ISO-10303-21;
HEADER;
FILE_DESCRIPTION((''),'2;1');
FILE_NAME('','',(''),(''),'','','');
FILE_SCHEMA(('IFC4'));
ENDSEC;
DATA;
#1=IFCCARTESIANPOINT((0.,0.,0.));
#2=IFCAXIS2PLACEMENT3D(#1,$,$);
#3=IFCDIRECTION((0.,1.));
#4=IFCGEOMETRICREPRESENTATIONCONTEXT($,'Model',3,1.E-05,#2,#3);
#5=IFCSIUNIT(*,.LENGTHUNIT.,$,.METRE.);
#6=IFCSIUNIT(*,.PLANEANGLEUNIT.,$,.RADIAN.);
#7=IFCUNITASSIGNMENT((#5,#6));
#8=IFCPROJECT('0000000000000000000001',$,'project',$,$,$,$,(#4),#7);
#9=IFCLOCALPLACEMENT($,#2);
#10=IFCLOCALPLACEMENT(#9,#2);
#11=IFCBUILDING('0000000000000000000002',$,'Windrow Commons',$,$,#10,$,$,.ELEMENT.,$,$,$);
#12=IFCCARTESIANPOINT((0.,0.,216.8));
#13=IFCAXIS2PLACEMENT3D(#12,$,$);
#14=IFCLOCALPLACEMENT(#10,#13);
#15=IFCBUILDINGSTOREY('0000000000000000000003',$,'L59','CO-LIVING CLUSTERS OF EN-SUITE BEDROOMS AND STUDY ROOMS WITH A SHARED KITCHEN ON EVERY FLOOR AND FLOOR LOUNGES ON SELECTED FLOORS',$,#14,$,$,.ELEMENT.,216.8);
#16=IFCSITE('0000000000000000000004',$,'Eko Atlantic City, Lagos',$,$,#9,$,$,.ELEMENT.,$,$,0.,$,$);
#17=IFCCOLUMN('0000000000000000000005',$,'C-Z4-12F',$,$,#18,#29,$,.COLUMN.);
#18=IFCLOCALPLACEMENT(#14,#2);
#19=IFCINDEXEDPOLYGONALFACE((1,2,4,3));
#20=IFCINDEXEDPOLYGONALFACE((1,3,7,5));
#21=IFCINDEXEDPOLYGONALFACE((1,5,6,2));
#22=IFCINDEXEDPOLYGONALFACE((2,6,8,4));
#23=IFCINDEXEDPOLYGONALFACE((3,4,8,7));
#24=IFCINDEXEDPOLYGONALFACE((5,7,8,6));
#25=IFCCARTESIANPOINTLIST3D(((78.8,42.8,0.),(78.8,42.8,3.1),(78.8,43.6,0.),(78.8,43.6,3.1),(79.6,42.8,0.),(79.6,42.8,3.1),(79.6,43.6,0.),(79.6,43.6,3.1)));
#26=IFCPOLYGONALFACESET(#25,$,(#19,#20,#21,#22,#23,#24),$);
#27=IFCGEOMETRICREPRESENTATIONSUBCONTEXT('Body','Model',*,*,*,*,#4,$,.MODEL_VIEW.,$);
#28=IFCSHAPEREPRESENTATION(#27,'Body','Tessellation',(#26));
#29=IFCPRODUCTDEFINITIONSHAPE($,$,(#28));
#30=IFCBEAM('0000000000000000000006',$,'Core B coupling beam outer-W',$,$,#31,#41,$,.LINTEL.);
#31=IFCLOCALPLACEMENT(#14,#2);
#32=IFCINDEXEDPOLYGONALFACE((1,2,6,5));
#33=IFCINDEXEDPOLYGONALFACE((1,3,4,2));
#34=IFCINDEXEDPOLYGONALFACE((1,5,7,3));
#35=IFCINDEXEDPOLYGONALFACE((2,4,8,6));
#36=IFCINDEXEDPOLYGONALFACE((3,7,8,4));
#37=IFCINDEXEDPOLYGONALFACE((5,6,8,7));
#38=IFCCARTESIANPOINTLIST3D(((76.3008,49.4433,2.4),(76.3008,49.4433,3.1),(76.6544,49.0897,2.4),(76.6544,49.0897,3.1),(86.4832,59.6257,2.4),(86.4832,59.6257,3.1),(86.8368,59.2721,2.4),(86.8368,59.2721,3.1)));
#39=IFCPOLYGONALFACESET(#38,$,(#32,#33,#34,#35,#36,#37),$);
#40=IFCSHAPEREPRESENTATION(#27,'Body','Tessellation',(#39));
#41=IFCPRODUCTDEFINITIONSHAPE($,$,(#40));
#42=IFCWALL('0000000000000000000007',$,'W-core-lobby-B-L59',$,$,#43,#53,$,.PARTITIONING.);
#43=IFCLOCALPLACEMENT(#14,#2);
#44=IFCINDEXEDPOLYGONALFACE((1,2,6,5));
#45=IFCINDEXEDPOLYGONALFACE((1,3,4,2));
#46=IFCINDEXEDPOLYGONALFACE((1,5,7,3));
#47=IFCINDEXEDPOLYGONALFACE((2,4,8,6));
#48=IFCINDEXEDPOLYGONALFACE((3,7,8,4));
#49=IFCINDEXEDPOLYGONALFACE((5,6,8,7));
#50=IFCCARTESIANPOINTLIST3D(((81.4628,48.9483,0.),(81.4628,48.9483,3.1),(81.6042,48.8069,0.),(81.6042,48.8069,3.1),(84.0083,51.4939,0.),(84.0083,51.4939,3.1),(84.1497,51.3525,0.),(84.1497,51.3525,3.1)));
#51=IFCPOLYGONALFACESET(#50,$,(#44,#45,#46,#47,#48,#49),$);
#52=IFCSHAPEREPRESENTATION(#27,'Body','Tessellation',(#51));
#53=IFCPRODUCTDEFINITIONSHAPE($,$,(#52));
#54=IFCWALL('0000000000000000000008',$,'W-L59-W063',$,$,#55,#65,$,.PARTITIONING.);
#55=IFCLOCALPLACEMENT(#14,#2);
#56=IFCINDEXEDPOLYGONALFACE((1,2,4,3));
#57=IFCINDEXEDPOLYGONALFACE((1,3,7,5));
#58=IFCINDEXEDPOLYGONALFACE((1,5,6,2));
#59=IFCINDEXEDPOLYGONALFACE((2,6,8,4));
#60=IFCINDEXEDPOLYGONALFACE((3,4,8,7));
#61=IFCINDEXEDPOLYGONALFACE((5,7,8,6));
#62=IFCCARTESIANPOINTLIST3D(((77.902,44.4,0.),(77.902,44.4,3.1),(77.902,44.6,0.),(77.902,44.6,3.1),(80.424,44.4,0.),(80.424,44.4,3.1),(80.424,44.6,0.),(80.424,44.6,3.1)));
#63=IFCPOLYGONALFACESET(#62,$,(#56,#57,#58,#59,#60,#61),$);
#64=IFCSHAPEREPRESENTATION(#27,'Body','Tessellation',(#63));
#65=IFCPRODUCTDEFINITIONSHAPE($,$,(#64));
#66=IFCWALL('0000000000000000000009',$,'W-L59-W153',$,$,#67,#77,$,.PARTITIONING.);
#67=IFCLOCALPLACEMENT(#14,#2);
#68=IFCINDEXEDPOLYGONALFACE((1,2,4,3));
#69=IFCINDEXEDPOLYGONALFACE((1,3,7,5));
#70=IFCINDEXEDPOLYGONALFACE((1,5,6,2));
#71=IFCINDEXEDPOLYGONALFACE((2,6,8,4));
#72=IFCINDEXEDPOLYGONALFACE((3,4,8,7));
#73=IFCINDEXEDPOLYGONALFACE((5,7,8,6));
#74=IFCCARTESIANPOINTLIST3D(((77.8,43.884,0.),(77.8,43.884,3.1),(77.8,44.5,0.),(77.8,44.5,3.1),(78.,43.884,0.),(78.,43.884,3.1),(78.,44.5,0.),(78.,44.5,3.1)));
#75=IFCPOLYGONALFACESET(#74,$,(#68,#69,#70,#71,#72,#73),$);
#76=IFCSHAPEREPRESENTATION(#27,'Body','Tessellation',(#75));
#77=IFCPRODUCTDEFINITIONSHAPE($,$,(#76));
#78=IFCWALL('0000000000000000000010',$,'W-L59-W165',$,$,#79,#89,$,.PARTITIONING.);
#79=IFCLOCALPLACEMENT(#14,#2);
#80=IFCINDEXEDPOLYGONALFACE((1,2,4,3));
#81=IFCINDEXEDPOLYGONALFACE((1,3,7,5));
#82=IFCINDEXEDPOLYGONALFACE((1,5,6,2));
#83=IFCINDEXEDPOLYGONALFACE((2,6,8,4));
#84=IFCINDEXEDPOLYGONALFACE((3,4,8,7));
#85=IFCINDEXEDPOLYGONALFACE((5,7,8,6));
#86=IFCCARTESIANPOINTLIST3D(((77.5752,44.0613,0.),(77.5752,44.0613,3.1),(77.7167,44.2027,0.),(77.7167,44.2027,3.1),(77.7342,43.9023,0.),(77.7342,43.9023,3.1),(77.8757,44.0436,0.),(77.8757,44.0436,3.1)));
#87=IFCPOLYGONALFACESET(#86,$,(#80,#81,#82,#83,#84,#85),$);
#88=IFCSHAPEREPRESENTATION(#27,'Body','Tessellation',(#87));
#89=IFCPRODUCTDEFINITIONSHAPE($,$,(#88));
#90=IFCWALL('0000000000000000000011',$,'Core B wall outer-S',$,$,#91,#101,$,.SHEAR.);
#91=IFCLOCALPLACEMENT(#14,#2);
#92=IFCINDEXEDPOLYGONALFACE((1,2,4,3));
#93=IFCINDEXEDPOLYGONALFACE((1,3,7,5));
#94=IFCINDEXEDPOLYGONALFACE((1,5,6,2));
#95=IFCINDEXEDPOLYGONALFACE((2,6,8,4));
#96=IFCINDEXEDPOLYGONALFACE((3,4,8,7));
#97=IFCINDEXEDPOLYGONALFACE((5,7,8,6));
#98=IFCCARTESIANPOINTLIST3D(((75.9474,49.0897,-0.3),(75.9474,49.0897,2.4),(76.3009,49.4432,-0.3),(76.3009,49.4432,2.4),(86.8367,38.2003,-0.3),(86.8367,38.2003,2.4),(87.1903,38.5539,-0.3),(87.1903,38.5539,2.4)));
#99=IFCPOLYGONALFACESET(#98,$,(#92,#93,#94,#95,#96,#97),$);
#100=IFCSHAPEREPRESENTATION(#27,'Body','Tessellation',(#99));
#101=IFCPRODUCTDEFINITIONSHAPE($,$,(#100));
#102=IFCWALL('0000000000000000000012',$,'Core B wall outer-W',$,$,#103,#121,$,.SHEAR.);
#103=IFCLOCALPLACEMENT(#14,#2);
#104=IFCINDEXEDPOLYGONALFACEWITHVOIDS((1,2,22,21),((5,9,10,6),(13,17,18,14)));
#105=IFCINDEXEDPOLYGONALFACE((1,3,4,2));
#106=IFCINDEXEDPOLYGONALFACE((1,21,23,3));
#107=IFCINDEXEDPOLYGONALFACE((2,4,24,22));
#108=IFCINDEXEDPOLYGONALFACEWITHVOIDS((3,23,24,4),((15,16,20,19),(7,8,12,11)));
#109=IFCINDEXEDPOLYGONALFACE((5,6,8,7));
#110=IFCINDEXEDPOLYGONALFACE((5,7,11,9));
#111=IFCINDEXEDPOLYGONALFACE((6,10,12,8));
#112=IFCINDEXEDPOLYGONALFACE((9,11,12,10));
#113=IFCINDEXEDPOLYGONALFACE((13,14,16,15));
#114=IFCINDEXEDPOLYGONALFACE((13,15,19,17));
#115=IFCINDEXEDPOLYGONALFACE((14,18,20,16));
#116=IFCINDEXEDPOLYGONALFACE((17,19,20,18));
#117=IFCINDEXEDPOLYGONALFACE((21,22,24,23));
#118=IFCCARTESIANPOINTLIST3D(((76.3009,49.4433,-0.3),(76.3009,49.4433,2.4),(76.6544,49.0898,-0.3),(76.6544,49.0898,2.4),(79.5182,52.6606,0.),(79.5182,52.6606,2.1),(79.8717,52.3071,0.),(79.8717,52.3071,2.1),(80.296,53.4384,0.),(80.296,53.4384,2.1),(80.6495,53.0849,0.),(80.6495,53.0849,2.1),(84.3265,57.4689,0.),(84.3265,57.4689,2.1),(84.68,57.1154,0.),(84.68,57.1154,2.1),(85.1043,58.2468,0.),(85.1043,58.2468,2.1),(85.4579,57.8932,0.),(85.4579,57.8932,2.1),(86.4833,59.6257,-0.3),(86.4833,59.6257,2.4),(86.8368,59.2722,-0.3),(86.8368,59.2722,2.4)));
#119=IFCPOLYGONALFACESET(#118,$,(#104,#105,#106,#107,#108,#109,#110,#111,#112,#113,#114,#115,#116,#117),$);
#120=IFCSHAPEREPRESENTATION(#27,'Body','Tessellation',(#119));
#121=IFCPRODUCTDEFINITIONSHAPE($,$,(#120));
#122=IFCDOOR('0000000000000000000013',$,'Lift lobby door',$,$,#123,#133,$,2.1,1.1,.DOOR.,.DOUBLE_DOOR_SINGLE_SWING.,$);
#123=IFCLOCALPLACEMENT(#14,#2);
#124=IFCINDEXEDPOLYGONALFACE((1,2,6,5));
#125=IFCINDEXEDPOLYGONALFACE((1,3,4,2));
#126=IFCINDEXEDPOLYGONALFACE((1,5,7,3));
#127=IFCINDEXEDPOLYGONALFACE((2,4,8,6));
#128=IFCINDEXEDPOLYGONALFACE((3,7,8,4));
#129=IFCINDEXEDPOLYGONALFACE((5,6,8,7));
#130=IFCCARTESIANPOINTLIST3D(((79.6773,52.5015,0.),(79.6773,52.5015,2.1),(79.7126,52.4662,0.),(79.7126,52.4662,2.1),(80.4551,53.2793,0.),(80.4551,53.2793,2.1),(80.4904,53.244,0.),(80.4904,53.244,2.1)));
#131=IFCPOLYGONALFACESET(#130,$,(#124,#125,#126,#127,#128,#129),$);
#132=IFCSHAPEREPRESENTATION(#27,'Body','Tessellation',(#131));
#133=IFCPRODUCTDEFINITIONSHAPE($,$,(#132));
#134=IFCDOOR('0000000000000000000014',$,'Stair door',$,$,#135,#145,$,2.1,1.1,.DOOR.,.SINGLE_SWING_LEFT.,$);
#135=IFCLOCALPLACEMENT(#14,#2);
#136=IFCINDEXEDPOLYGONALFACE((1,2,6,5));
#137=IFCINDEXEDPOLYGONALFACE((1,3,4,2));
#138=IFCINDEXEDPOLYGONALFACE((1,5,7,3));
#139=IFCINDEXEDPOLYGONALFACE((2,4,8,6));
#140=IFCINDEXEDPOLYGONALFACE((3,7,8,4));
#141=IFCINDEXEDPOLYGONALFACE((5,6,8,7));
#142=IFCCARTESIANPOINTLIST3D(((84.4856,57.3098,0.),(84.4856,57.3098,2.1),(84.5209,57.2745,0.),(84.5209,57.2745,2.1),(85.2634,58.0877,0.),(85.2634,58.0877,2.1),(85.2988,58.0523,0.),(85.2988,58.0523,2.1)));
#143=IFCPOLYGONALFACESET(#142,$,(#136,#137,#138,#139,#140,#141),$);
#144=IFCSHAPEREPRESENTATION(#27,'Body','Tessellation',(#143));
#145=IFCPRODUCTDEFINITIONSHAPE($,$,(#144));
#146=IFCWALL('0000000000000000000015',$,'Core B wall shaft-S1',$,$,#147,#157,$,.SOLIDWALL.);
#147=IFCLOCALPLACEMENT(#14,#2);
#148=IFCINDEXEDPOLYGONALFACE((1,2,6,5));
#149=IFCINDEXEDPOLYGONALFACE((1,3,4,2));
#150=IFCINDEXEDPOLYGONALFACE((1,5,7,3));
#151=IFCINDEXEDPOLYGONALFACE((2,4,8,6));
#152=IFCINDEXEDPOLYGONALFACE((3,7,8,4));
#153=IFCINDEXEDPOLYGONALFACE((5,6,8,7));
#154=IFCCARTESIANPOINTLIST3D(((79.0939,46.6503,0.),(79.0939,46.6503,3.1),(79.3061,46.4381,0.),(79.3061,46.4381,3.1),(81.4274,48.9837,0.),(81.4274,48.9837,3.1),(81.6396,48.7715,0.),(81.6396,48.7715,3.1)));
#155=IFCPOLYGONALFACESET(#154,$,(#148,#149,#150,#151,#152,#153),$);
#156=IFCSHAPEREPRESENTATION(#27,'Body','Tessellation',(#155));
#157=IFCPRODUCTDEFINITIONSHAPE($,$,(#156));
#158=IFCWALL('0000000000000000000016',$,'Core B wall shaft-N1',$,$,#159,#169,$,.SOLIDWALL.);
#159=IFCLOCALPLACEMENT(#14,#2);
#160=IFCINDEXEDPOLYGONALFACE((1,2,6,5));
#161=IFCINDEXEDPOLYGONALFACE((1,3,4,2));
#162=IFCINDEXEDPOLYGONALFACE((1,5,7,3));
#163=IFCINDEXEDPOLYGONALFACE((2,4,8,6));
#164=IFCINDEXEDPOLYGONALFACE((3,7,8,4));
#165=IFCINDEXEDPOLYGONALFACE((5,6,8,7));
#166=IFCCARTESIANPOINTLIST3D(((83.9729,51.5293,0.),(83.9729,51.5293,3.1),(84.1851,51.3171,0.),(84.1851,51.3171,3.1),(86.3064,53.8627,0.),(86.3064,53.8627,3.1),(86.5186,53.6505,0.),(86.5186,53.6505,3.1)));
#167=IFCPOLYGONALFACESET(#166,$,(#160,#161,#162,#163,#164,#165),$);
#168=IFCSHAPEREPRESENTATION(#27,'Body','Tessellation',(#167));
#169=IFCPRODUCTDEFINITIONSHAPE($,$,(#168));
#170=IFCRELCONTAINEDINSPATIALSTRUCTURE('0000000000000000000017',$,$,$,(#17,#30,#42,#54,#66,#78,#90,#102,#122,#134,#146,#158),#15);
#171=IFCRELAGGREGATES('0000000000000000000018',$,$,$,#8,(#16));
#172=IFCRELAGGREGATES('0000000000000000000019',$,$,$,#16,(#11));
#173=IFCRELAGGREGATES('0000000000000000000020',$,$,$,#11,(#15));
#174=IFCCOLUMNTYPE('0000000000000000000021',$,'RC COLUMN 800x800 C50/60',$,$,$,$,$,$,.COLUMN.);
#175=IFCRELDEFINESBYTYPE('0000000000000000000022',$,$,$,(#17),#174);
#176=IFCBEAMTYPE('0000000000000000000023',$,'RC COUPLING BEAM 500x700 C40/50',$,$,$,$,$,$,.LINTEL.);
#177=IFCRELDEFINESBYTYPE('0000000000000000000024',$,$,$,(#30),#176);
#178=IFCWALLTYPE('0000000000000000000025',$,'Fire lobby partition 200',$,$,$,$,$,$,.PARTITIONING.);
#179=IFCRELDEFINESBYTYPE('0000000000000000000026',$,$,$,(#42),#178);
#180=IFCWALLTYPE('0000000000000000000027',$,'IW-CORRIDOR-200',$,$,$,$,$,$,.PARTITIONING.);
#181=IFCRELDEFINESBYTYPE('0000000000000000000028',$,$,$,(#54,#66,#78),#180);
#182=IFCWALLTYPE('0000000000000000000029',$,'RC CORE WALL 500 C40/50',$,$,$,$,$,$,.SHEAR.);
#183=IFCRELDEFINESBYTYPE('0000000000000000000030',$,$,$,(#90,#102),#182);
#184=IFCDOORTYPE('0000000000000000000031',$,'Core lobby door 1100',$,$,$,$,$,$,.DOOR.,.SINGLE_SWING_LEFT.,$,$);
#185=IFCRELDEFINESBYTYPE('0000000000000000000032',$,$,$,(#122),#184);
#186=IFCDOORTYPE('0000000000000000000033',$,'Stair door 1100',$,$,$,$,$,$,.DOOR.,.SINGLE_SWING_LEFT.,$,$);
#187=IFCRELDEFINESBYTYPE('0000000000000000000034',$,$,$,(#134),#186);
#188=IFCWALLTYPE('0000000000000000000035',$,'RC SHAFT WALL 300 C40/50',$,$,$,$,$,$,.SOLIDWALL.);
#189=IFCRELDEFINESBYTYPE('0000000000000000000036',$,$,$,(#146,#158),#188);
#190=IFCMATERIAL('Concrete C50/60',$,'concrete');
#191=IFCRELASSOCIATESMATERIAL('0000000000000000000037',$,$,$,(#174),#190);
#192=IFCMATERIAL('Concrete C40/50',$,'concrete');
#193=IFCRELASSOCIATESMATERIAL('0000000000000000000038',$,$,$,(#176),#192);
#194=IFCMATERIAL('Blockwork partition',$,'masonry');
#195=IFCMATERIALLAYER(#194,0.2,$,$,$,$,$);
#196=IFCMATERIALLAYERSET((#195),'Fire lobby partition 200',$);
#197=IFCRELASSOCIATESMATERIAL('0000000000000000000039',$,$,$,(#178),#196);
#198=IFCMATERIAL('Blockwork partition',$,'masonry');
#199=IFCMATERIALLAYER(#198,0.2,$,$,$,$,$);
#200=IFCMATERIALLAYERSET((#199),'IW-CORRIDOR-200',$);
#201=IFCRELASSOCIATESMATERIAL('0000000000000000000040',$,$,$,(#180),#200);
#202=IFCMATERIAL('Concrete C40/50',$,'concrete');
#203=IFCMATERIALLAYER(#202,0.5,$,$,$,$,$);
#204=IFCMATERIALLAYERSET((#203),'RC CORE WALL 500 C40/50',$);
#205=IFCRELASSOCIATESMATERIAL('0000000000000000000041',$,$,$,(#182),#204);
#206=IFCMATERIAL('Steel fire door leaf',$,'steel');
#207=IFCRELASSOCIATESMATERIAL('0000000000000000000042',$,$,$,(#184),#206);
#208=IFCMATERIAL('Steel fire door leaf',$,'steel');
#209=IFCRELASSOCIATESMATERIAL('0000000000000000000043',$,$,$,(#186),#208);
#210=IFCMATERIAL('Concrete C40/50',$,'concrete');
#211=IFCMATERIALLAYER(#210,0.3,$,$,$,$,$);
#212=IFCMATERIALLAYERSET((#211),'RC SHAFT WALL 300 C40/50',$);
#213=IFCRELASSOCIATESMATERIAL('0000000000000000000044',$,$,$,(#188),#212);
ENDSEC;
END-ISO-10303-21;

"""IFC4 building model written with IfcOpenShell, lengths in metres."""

from ifc_helpers import new_model, si_unit, direction, frame, frame_2d, origin, origin_2d, place, context, subcontext, project, spatial, rectangle, extrude, material, layer, layer_set, material_profile, profile_set, type_object, element, fill, save


model = new_model("IFC4")

# Units and contexts
model_context = context("Model", 3, precision=1e-05, world=origin(), true_north=direction((0.0, 1.0)))
body_context = subcontext(model_context, "Body", "Model", "MODEL_VIEW")
ifc_project = project(units=[si_unit("LENGTHUNIT", "METRE"), si_unit("PLANEANGLEUNIT", "RADIAN")], contexts=[model_context])

# Site, building, storey
site_placement = place(None, origin())
site = spatial("IfcSite", under=ifc_project, at=site_placement, Name="Eko Atlantic City, Lagos", CompositionType="ELEMENT", RefElevation=0.0)
building_placement = place(site_placement, origin())
building = spatial("IfcBuilding", under=site, at=building_placement, Name="Windrow Commons", CompositionType="ELEMENT")
storey_placement = place(building_placement, frame((0.0, 0.0, 216.8)))
storey = spatial("IfcBuildingStorey", under=building, at=storey_placement, Name="L59", Description="CO-LIVING CLUSTERS OF EN-SUITE BEDROOMS AND STUDY ROOMS WITH A SHARED KITCHEN ON EVERY FLOOR AND FLOOR LOUNGES ON SELECTED FLOORS", CompositionType="ELEMENT", Elevation=216.8)

# Column
ifc_material_1 = material(Name="Concrete C50/60", Category="concrete")
ifc_material_profile_1 = material_profile(ifc_material_1, rectangle(XDim=0.8, YDim=0.8, at=origin_2d()))
ifc_profile_set_1 = profile_set([ifc_material_profile_1], Name="Concrete C50/60")
column_type = type_object("IfcColumnType", Name="RC COLUMN 800x800 C50/60", PredefinedType="COLUMN", material=ifc_profile_set_1)
column_placement = place(storey_placement, frame((79.2, 43.2, 0.0), z_axis=(0.0, 0.0, 1.0), x_axis=(1.0, 0.0, 0.0)))
element("IfcColumn", 1, at=column_placement, inside=storey, type_object=column_type, Name="C-Z4-12F", PredefinedType="COLUMN", context=body_context, shape_type="SweptSolid", body=[
    extrude(rectangle(XDim=0.8, YDim=0.8, at=origin_2d()), origin(), (0.0, 0.0, 1.0), 3.1),
])

# Beam
ifc_material_2 = material(Name="Concrete C40/50", Category="concrete")
ifc_material_profile_2 = material_profile(ifc_material_2, rectangle(XDim=0.5, YDim=0.7, at=origin_2d()))
ifc_profile_set_2 = profile_set([ifc_material_profile_2], Name="Concrete C40/50")
beam_type = type_object("IfcBeamType", Name="RC COUPLING BEAM 500x700 C40/50", PredefinedType="LINTEL", material=ifc_profile_set_2)
beam_placement = place(storey_placement, frame((76.4776, 49.2665, 2.75), z_axis=(0.707107, 0.707107, 0.0), x_axis=(-0.707107, 0.707107, 0.0)))
element("IfcBeam", 2, at=beam_placement, inside=storey, type_object=beam_type, Name="Core B coupling beam outer-W", PredefinedType="LINTEL", context=body_context, shape_type="SweptSolid", body=[
    extrude(rectangle(XDim=0.5, YDim=0.7, at=origin_2d()), origin(), (0.0, 0.0, 1.0), 14.4001),
])

# Walls
ifc_material_3 = material(Name="Blockwork partition", Category="masonry")
ifc_layer_1 = layer(ifc_material_3, 0.2)
ifc_layer_set_1 = layer_set([ifc_layer_1], Name="Fire lobby partition 200")
wall_type_1 = type_object("IfcWallType", Name="Fire lobby partition 200", PredefinedType="PARTITIONING", material=ifc_layer_set_1)
wall_1_placement = place(storey_placement, frame((81.5335, 48.8776, 0.0), z_axis=(0.0, 0.0, 1.0), x_axis=(0.707093, 0.707121, 0.0)))
element("IfcWall", 3, at=wall_1_placement, inside=storey, type_object=wall_type_1, Name="W-core-lobby-B-L59", PredefinedType="PARTITIONING", context=body_context, shape_type="SweptSolid", body=[
    extrude(rectangle(XDim=3.6, YDim=0.2, at=frame_2d((1.8, 0.0))), origin(), (0.0, 0.0, 1.0), 3.1),
])
ifc_material_4 = material(Name="Blockwork partition", Category="masonry")
ifc_layer_2 = layer(ifc_material_4, 0.2)
ifc_layer_set_2 = layer_set([ifc_layer_2], Name="IW-CORRIDOR-200")
wall_type_2 = type_object("IfcWallType", Name="IW-CORRIDOR-200", PredefinedType="PARTITIONING", material=ifc_layer_set_2)
wall_2_placement = place(storey_placement, frame((77.902, 44.5, 0.0), z_axis=(0.0, 0.0, 1.0), x_axis=(1.0, 0.0, 0.0)))
element("IfcWall", 4, at=wall_2_placement, inside=storey, type_object=wall_type_2, Name="W-L59-W063", PredefinedType="PARTITIONING", context=body_context, shape_type="SweptSolid", body=[
    extrude(rectangle(XDim=2.522, YDim=0.2, at=frame_2d((1.261, 0.0))), origin(), (0.0, 0.0, 1.0), 3.1),
])
wall_3_placement = place(storey_placement, frame((77.9, 43.884, 0.0), z_axis=(0.0, 0.0, 1.0), x_axis=(0.0, 1.0, 0.0)))
element("IfcWall", 5, at=wall_3_placement, inside=storey, type_object=wall_type_2, Name="W-L59-W153", PredefinedType="PARTITIONING", context=body_context, shape_type="SweptSolid", body=[
    extrude(rectangle(XDim=0.616, YDim=0.2, at=frame_2d((0.308, 0.0))), origin(), (0.0, 0.0, 1.0), 3.1),
])
wall_4_placement = place(storey_placement, frame((77.646, 44.132, 0.0), z_axis=(0.0, 0.0, 1.0), x_axis=(0.706884, -0.707329, 0.0)))
element("IfcWall", 6, at=wall_4_placement, inside=storey, type_object=wall_type_2, Name="W-L59-W165", PredefinedType="PARTITIONING", context=body_context, shape_type="SweptSolid", body=[
    extrude(rectangle(XDim=0.2249, YDim=0.2, at=frame_2d((0.1124, 0.0))), origin(), (0.0, 0.0, 1.0), 3.1),
])
ifc_material_5 = material(Name="Concrete C40/50", Category="concrete")
ifc_layer_3 = layer(ifc_material_5, 0.5)
ifc_layer_set_3 = layer_set([ifc_layer_3], Name="RC CORE WALL 500 C40/50")
wall_type_3 = type_object("IfcWallType", Name="RC CORE WALL 500 C40/50", PredefinedType="SHEAR", material=ifc_layer_set_3)
wall_5_placement = place(storey_placement, frame((76.1241, 49.2665, -0.3), z_axis=(0.0, 0.0, 1.0), x_axis=(0.707107, -0.707107, 0.0)))
element("IfcWall", 7, at=wall_5_placement, inside=storey, type_object=wall_type_3, Name="Core B wall outer-S", PredefinedType="SHEAR", context=body_context, shape_type="SweptSolid", body=[
    extrude(rectangle(XDim=15.3999, YDim=0.5, at=frame_2d((7.7, 0.0))), origin(), (0.0, 0.0, 1.0), 2.7),
])

# Wall, openings, doors
wall_6_placement = place(storey_placement, frame((76.4776, 49.2665, -0.3), z_axis=(0.0, 0.0, 1.0), x_axis=(0.707107, 0.707107, 0.0)))
wall_6 = element("IfcWall", 8, at=wall_6_placement, inside=storey, type_object=wall_type_3, Name="Core B wall outer-W", PredefinedType="SHEAR", context=body_context, shape_type="SweptSolid", body=[
    extrude(rectangle(XDim=14.4001, YDim=0.5, at=frame_2d((7.2001, 0.0))), origin(), (0.0, 0.0, 1.0), 2.7),
])
opening_1_placement = place(wall_6_placement, frame((4.55, 0.0, 0.3)))
opening_1 = element("IfcOpeningElement", 9, at=opening_1_placement, cuts=wall_6, PredefinedType="OPENING", context=body_context, shape_type="SweptSolid", body=[
    extrude(rectangle(XDim=1.1, YDim=2.1, at=frame_2d((0.55, 1.05))), frame((0.0, 0.26, 0.0), z_axis=(0.0, -1.0, 0.0), x_axis=(1.0, 0.0, 0.0)), (0.0, 0.0, 1.0), 0.52),
])
opening_2_placement = place(wall_6_placement, frame((11.35, 0.0, 0.3)))
opening_2 = element("IfcOpeningElement", 10, at=opening_2_placement, cuts=wall_6, PredefinedType="OPENING", context=body_context, shape_type="SweptSolid", body=[
    extrude(rectangle(XDim=1.1, YDim=2.1, at=frame_2d((0.55, 1.05))), frame((0.0, 0.26, 0.0), z_axis=(0.0, -1.0, 0.0), x_axis=(1.0, 0.0, 0.0)), (0.0, 0.0, 1.0), 0.52),
])
ifc_material_6 = material(Name="Steel fire door leaf", Category="steel")
door_type_1 = type_object("IfcDoorType", Name="Core lobby door 1100", OperationType="SINGLE_SWING_LEFT", PredefinedType="DOOR", material=ifc_material_6)
door_1_placement = place(opening_1_placement, origin())
door_1 = element("IfcDoor", 11, at=door_1_placement, inside=storey, type_object=door_type_1, Name="Lift lobby door", OperationType="DOUBLE_DOOR_SINGLE_SWING", OverallHeight=2.1, OverallWidth=1.1, PredefinedType="DOOR", context=body_context, shape_type="SweptSolid", body=[
    extrude(rectangle(XDim=1.1, YDim=2.1, at=frame_2d((0.55, 1.05))), frame((0.0, 0.025, 0.0), z_axis=(0.0, -1.0, 0.0), x_axis=(1.0, 0.0, 0.0)), (0.0, 0.0, 1.0), 0.05),
])
fill(opening_1, door_1)
ifc_material_7 = material(Name="Steel fire door leaf", Category="steel")
door_type_2 = type_object("IfcDoorType", Name="Stair door 1100", OperationType="SINGLE_SWING_LEFT", PredefinedType="DOOR", material=ifc_material_7)
door_2_placement = place(opening_2_placement, origin())
door_2 = element("IfcDoor", 12, at=door_2_placement, inside=storey, type_object=door_type_2, Name="Stair door", OperationType="SINGLE_SWING_LEFT", OverallHeight=2.1, OverallWidth=1.1, PredefinedType="DOOR", context=body_context, shape_type="SweptSolid", body=[
    extrude(rectangle(XDim=1.1, YDim=2.1, at=frame_2d((0.55, 1.05))), frame((0.0, 0.025, 0.0), z_axis=(0.0, -1.0, 0.0), x_axis=(1.0, 0.0, 0.0)), (0.0, 0.0, 1.0), 0.05),
])
fill(opening_2, door_2)

# Walls
ifc_material_8 = material(Name="Concrete C40/50", Category="concrete")
ifc_layer_4 = layer(ifc_material_8, 0.3)
ifc_layer_set_4 = layer_set([ifc_layer_4], Name="RC SHAFT WALL 300 C40/50")
wall_type_4 = type_object("IfcWallType", Name="RC SHAFT WALL 300 C40/50", PredefinedType="SOLIDWALL", material=ifc_layer_set_4)
for number, where, z_axis, x_axis, name in (
    (13, (79.2, 46.5442, 0.0), (0.0, 0.0, 1.0), (0.707122, 0.707092, 0.0), "Core B wall shaft-S1"),
    (14, (84.079, 51.4232, 0.0), (0.0, 0.0, 1.0), (0.707122, 0.707092, 0.0), "Core B wall shaft-N1"),
):
    element("IfcWall", number, at=place(storey_placement, frame(where, z_axis=z_axis, x_axis=x_axis)), inside=storey, type_object=wall_type_4, Name=name, PredefinedType="SOLIDWALL", context=body_context, shape_type="SweptSolid", body=[
        extrude(rectangle(XDim=3.3, YDim=0.3, at=frame_2d((1.65, 0.0))), origin(), (0.0, 0.0, 1.0), 3.1),
    ])

save(model, "model.ifc")
